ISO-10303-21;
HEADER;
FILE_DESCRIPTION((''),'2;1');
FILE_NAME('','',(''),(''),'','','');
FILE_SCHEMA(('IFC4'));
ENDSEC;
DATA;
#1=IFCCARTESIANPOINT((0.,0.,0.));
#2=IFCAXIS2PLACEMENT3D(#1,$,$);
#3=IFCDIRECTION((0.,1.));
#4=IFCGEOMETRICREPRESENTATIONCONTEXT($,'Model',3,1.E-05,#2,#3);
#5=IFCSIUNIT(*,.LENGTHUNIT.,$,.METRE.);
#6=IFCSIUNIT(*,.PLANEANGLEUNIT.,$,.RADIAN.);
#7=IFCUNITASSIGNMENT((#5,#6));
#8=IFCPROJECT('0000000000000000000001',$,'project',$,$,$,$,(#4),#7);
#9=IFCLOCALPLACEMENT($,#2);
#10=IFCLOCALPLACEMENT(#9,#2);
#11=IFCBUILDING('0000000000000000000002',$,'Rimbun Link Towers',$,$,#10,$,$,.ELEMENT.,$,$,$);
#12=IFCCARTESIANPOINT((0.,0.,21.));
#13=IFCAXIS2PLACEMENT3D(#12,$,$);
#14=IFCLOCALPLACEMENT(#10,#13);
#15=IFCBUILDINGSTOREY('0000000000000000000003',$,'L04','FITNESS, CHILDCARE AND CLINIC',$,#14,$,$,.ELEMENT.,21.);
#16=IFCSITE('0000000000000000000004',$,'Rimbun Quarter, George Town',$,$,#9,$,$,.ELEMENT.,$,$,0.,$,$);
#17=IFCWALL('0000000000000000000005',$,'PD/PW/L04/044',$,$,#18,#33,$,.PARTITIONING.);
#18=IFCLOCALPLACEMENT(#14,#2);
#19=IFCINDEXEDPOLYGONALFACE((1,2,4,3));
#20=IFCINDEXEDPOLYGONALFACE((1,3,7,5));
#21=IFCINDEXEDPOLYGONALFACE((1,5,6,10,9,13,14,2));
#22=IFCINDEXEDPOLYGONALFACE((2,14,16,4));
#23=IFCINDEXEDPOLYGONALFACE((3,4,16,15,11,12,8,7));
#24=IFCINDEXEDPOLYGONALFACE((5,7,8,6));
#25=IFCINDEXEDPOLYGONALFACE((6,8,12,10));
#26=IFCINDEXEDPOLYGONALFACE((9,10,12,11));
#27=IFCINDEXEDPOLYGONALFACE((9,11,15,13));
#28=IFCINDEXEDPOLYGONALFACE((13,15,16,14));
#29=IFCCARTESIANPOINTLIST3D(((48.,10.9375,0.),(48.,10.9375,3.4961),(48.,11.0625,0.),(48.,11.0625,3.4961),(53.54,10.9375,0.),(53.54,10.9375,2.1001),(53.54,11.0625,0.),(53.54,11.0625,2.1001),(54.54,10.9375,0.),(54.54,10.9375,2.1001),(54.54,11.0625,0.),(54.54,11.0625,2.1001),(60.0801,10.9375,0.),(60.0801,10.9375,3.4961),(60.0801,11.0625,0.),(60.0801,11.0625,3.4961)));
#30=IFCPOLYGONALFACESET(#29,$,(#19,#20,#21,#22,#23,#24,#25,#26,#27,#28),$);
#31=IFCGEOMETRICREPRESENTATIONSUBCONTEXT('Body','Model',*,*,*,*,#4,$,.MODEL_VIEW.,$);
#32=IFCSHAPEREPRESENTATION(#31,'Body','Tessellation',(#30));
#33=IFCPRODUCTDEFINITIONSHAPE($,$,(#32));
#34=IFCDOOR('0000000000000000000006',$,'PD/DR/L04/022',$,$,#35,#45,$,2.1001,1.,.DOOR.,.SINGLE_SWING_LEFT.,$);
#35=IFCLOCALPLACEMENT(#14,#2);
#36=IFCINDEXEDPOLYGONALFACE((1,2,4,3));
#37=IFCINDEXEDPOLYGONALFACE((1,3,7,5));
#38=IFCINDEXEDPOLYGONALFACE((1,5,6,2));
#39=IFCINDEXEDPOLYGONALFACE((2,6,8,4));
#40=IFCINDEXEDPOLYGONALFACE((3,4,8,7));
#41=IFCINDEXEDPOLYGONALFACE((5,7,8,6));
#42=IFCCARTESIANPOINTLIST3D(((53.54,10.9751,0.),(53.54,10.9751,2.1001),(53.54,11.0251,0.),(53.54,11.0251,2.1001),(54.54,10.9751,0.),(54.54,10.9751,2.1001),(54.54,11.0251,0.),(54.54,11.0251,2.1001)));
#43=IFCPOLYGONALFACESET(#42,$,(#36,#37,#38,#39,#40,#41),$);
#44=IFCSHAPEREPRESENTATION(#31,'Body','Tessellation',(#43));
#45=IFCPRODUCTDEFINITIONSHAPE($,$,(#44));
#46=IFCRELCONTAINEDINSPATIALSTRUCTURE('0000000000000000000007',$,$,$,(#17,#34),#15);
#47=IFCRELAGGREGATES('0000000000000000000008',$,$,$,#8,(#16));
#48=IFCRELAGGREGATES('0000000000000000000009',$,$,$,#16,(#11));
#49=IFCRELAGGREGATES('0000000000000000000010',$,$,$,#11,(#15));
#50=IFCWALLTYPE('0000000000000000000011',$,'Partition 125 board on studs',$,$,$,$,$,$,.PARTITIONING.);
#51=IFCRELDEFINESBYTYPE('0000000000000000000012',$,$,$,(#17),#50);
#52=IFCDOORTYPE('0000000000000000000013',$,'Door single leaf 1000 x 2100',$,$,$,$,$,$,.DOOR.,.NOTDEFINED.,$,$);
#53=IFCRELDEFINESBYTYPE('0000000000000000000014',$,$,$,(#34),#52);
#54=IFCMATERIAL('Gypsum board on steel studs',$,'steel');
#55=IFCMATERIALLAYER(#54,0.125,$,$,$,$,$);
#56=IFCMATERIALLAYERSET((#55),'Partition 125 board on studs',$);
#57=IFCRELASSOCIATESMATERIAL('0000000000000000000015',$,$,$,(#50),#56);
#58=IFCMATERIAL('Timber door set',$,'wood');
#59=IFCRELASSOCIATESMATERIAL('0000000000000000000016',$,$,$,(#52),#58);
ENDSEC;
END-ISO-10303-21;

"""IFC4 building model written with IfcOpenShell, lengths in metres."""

from ifc_helpers import new_model, si_unit, direction, frame, frame_2d, origin, place, context, subcontext, project, spatial, rectangle, extrude, material, layer, layer_set, type_object, element, fill, save


model = new_model("IFC4")

# Units and contexts
model_context = context("Model", 3, precision=1e-05, world=origin(), true_north=direction((0.0, 1.0)))
body_context = subcontext(model_context, "Body", "Model", "MODEL_VIEW")
ifc_project = project(units=[si_unit("LENGTHUNIT", "METRE"), si_unit("PLANEANGLEUNIT", "RADIAN")], contexts=[model_context])

# Site, building, storey
site_placement = place(None, origin())
site = spatial("IfcSite", under=ifc_project, at=site_placement, Name="Rimbun Quarter, George Town", CompositionType="ELEMENT", RefElevation=0.0)
building_placement = place(site_placement, origin())
building = spatial("IfcBuilding", under=site, at=building_placement, Name="Rimbun Link Towers", CompositionType="ELEMENT")
storey_placement = place(building_placement, frame((0.0, 0.0, 21.0)))
storey = spatial("IfcBuildingStorey", under=building, at=storey_placement, Name="L04", Description="FITNESS, CHILDCARE AND CLINIC", CompositionType="ELEMENT", Elevation=21.0)

# Wall, opening, door
ifc_material_1 = material(Name="Gypsum board on steel studs", Category="steel")
ifc_layer_1 = layer(ifc_material_1, 0.125)
ifc_layer_set_1 = layer_set([ifc_layer_1], Name="Partition 125 board on studs")
wall_type = type_object("IfcWallType", Name="Partition 125 board on studs", PredefinedType="PARTITIONING", material=ifc_layer_set_1)
wall_placement = place(storey_placement, frame((60.0801, 11.0, 0.0), z_axis=(0.0, 0.0, 1.0), x_axis=(-1.0, 0.0, 0.0)))
wall = element("IfcWall", 1, at=wall_placement, inside=storey, type_object=wall_type, Name="PD/PW/L04/044", PredefinedType="PARTITIONING", context=body_context, shape_type="SweptSolid", body=[
    extrude(rectangle(XDim=12.0801, YDim=0.125, at=frame_2d((6.04, 0.0))), origin(), (0.0, 0.0, 1.0), 3.4961),
])
opening_placement = place(wall_placement, frame((5.54, 0.0, 0.0)))
opening = element("IfcOpeningElement", 2, at=opening_placement, cuts=wall, PredefinedType="OPENING", context=body_context, shape_type="SweptSolid", body=[
    extrude(rectangle(XDim=1.0, YDim=2.1001, at=frame_2d((0.5, 1.05))), frame((0.0, 0.0725, 0.0), z_axis=(0.0, -1.0, 0.0), x_axis=(1.0, 0.0, 0.0)), (0.0, 0.0, 1.0), 0.145),
])
ifc_material_2 = material(Name="Timber door set", Category="wood")
door_type = type_object("IfcDoorType", Name="Door single leaf 1000 x 2100", OperationType="NOTDEFINED", PredefinedType="DOOR", material=ifc_material_2)
door_placement = place(opening_placement, origin())
door = element("IfcDoor", 3, at=door_placement, inside=storey, type_object=door_type, Name="PD/DR/L04/022", OperationType="SINGLE_SWING_LEFT", OverallHeight=2.1001, OverallWidth=1.0, PredefinedType="DOOR", context=body_context, shape_type="SweptSolid", body=[
    extrude(rectangle(XDim=1.0, YDim=2.1001, at=frame_2d((0.5, 1.05))), frame((0.0, 0.0249, 0.0), z_axis=(0.0, -1.0, 0.0), x_axis=(1.0, 0.0, 0.0)), (0.0, 0.0, 1.0), 0.05),
])
fill(opening, door)

save(model, "model.ifc")
